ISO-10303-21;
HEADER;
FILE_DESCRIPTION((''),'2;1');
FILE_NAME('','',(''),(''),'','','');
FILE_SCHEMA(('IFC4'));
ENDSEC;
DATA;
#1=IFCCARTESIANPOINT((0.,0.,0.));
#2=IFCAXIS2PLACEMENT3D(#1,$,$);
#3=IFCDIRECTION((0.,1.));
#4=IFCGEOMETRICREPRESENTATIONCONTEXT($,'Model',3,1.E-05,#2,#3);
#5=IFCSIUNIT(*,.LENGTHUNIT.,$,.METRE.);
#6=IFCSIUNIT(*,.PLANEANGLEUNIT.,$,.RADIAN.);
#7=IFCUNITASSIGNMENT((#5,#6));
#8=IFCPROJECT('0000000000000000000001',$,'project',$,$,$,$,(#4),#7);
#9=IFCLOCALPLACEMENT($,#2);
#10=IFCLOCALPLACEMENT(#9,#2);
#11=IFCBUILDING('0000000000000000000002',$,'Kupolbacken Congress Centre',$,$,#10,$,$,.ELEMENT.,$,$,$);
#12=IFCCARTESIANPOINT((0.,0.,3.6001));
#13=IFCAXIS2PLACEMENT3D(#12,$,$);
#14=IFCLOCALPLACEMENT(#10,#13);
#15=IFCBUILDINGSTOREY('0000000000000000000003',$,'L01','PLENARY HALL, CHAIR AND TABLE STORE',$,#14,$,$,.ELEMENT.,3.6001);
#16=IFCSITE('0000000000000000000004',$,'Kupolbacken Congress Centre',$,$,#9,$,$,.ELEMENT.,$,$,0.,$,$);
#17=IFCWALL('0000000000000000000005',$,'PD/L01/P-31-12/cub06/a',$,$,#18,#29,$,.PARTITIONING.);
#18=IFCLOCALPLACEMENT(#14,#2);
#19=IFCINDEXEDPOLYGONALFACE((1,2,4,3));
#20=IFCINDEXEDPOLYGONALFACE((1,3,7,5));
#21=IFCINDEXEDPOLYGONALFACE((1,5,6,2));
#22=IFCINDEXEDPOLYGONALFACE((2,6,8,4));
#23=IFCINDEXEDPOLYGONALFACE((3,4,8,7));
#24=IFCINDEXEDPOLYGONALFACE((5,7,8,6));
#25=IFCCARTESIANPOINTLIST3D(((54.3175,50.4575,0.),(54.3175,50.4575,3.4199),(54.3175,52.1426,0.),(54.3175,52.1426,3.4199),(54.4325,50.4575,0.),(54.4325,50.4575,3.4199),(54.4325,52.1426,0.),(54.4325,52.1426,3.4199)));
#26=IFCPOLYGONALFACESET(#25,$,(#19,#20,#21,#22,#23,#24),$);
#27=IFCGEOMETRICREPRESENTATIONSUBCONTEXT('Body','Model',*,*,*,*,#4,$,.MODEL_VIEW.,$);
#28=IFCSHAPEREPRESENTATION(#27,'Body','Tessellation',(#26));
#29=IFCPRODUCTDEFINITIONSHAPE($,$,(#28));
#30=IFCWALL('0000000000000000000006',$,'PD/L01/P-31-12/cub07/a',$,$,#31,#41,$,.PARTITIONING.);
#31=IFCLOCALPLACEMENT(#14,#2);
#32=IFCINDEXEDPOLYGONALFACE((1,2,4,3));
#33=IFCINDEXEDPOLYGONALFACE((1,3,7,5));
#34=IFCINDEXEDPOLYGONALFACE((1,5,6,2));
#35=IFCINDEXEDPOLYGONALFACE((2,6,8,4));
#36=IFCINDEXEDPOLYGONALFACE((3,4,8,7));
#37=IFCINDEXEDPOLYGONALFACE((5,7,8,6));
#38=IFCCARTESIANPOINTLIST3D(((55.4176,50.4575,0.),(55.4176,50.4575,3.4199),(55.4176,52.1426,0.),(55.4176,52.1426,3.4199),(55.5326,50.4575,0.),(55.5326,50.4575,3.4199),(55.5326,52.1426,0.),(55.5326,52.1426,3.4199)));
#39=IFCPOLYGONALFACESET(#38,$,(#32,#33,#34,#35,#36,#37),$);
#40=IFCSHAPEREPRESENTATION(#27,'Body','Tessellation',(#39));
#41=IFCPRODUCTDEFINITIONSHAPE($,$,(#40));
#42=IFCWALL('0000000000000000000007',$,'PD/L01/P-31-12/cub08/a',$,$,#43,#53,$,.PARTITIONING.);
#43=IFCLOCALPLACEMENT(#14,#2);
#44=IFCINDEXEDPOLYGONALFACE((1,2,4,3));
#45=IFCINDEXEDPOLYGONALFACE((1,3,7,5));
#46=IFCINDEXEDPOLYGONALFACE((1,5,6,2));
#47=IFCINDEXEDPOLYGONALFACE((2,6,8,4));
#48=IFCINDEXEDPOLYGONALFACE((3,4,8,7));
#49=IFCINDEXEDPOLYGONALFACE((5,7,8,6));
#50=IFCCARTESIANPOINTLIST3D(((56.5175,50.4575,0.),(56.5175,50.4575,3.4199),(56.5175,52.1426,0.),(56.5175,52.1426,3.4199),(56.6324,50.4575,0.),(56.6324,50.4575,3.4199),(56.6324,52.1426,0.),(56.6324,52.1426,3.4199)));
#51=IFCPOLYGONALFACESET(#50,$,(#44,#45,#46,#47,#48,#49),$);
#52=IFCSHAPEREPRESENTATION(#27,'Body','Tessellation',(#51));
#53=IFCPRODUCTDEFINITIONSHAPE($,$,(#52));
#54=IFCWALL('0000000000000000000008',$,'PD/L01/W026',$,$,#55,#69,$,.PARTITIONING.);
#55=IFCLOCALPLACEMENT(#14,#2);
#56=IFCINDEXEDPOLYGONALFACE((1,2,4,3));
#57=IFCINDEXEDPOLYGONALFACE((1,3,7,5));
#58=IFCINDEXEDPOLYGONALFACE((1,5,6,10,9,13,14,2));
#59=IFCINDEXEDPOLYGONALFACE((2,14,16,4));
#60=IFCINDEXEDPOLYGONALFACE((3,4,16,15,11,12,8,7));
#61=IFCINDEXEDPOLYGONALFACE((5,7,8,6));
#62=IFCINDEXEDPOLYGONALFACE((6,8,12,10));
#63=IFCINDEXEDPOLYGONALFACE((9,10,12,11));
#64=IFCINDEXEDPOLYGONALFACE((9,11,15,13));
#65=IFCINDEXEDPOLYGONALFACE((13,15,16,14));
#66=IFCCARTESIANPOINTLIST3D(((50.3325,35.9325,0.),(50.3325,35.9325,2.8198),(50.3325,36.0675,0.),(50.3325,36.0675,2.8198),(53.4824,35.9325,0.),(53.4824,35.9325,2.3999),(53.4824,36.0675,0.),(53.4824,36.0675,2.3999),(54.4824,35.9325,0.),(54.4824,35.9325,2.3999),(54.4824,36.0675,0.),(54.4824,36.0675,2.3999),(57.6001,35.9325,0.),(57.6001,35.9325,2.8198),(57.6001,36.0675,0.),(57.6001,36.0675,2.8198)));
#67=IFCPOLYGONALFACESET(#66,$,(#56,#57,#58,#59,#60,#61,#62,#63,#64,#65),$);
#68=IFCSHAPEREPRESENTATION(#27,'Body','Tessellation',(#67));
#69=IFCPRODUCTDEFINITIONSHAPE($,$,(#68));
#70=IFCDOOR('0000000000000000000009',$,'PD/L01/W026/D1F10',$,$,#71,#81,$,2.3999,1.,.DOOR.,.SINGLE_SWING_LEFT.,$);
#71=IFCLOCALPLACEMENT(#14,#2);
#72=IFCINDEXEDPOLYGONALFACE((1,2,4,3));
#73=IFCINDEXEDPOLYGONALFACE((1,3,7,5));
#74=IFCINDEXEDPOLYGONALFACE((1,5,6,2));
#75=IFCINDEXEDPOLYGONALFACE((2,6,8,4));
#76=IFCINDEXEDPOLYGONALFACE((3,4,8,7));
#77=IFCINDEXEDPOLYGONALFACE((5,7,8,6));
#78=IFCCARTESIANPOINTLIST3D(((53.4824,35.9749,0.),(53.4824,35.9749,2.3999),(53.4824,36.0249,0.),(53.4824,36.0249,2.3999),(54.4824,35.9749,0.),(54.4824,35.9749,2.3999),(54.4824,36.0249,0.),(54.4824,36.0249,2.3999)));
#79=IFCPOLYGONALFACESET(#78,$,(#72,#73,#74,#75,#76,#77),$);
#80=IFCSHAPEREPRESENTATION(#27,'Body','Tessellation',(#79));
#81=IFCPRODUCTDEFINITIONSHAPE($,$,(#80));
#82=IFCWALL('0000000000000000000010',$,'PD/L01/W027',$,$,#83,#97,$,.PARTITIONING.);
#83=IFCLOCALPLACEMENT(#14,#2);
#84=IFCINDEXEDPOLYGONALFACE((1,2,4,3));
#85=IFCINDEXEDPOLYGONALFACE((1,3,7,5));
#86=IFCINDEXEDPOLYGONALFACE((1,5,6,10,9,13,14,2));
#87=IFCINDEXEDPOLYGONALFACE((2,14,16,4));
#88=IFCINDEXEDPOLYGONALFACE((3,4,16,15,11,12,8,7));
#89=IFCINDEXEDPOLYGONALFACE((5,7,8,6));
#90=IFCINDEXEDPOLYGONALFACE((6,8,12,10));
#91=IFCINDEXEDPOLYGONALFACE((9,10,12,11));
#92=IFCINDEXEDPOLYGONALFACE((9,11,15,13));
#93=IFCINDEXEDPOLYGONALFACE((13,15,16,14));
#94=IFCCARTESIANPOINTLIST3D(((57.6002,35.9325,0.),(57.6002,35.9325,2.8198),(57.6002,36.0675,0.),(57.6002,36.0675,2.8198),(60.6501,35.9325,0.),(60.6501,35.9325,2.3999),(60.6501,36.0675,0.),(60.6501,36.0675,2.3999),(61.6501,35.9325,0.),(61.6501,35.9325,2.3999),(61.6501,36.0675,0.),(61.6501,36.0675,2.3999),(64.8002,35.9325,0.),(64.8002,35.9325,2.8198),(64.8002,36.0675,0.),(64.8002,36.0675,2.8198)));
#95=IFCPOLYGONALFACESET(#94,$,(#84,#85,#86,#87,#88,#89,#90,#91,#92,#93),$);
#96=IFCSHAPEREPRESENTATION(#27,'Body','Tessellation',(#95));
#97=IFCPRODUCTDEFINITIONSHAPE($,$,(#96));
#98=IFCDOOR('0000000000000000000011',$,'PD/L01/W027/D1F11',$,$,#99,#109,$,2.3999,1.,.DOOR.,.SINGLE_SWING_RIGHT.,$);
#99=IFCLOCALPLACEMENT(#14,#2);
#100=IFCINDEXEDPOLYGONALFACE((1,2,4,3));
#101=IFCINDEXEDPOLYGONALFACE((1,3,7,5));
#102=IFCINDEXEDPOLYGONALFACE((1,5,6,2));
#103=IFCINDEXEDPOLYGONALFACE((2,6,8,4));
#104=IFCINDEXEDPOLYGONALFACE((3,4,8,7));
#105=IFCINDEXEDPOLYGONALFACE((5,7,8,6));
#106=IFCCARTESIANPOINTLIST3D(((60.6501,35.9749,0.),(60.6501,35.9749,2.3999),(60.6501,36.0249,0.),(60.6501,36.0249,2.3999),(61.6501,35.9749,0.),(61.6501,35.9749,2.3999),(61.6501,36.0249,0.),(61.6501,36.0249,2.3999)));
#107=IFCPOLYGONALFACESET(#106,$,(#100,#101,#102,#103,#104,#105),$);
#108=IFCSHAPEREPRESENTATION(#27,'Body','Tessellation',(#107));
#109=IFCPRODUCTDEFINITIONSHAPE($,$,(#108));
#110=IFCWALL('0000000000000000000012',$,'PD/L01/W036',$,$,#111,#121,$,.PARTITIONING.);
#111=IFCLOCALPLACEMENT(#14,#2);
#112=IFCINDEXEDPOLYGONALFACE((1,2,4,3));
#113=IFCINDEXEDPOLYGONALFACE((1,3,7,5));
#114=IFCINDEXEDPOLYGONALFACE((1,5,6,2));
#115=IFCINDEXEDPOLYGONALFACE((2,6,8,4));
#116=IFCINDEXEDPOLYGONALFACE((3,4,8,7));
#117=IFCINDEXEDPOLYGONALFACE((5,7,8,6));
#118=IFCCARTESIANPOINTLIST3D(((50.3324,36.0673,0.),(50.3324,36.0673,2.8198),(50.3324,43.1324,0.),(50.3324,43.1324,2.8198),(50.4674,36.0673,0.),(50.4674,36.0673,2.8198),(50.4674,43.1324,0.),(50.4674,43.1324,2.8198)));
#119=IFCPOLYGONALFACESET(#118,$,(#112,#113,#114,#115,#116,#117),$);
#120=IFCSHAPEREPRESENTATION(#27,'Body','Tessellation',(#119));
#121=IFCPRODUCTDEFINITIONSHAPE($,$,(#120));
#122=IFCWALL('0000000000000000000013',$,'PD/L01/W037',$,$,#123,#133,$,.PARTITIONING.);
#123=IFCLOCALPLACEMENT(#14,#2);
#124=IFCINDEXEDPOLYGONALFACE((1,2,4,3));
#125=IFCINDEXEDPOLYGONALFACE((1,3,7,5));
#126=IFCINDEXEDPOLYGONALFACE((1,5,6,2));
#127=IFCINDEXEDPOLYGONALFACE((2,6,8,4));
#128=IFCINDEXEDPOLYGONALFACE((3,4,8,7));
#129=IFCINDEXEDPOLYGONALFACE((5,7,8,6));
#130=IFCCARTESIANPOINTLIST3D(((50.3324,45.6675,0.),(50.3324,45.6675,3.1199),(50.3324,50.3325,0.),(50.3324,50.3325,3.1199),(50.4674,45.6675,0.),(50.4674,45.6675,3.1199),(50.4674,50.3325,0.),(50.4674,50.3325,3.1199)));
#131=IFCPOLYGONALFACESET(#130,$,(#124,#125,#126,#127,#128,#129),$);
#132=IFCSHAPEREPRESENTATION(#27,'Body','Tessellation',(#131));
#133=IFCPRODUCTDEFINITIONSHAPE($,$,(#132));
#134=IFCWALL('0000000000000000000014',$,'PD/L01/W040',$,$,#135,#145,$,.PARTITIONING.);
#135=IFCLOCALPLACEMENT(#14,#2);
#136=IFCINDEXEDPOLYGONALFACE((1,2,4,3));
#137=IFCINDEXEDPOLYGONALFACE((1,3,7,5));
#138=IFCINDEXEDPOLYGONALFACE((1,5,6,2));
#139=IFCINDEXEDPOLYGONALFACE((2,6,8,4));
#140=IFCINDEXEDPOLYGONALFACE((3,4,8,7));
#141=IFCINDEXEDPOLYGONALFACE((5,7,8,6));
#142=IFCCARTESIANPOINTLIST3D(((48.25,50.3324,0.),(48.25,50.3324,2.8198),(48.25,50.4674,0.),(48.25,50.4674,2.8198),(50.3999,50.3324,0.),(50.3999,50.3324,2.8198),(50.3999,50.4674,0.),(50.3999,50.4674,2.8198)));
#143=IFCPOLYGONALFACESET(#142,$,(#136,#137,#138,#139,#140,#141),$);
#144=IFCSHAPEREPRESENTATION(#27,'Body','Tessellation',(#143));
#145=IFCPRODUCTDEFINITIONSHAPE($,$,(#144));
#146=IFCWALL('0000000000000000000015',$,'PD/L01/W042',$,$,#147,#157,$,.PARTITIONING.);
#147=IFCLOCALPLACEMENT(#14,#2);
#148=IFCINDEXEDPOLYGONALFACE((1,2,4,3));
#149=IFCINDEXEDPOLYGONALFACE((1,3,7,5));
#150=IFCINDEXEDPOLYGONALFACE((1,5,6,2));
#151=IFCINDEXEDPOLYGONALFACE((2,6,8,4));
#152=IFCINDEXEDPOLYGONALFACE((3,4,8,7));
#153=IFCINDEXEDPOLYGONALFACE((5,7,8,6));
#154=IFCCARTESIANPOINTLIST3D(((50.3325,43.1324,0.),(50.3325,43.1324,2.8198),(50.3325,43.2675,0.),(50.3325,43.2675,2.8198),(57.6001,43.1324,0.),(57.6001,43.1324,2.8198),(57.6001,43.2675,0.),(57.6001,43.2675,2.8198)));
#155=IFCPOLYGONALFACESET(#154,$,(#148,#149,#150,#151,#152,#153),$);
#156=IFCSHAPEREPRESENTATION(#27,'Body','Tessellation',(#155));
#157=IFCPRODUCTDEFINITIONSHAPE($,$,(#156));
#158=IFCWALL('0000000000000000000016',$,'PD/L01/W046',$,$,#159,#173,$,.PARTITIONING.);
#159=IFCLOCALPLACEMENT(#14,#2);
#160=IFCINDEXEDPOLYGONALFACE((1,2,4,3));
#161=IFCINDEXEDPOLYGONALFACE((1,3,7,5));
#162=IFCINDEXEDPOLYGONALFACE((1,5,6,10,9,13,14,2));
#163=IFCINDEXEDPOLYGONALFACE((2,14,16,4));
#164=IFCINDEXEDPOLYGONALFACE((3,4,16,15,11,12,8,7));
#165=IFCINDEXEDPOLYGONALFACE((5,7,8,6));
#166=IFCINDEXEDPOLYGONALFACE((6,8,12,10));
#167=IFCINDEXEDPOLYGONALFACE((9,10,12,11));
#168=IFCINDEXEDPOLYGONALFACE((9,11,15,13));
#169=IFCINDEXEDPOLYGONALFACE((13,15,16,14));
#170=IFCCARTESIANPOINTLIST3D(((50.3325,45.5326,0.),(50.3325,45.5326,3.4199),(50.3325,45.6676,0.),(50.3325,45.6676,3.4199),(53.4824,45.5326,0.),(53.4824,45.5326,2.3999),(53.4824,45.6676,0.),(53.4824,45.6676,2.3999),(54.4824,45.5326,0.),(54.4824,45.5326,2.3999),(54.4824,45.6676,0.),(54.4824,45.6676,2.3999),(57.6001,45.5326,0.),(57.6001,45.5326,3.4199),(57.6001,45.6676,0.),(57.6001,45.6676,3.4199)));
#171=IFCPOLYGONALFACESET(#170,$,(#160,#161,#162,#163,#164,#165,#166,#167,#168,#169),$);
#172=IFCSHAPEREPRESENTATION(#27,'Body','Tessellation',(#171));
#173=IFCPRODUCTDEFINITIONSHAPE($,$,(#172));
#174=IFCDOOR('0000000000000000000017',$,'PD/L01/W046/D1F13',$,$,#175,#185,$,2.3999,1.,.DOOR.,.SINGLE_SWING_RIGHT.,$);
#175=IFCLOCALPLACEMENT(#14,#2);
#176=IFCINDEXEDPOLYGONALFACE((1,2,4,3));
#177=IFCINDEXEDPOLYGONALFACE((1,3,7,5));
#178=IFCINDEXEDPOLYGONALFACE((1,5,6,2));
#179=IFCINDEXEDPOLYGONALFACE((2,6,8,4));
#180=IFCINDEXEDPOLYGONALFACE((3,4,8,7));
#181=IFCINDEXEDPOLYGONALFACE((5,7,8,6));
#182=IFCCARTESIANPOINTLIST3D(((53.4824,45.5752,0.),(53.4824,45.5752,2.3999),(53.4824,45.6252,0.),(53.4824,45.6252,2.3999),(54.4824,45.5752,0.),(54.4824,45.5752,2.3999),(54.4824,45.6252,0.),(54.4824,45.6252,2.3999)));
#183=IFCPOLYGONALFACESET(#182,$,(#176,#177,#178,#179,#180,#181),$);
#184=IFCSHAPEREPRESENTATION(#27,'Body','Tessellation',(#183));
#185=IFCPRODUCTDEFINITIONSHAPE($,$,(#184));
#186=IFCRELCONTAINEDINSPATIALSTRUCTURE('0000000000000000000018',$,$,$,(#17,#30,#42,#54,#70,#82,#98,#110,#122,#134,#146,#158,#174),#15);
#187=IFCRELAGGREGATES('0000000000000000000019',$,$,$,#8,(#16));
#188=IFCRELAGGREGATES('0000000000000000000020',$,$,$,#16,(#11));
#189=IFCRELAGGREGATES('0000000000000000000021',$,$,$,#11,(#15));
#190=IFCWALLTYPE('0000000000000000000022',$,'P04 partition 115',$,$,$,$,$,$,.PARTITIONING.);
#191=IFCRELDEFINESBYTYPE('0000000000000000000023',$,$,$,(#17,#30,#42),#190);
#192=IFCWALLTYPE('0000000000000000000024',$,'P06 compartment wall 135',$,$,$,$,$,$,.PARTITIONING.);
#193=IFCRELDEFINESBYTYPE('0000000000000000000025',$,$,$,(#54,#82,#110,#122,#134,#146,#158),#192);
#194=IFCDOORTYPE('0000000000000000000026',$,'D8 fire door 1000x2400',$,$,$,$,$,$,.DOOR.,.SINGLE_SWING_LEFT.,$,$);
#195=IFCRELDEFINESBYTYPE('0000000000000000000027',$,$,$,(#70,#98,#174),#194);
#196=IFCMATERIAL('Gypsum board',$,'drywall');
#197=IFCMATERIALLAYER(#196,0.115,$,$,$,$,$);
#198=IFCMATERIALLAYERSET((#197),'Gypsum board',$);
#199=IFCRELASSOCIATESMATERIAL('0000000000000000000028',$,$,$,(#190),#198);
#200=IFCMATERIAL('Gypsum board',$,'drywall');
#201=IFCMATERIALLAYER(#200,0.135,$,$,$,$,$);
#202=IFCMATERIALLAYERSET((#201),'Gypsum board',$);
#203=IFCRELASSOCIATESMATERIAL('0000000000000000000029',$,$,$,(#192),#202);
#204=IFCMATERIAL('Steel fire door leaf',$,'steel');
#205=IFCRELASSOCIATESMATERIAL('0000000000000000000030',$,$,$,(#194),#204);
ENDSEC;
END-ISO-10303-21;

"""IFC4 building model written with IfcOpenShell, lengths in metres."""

from ifc_helpers import new_model, si_unit, direction, frame, frame_2d, origin, place, context, subcontext, project, spatial, rectangle, extrude, material, layer, layer_set, type_object, element, fill, save


model = new_model("IFC4")

# Units and contexts
model_context = context("Model", 3, precision=1e-05, world=origin(), true_north=direction((0.0, 1.0)))
body_context = subcontext(model_context, "Body", "Model", "MODEL_VIEW")
ifc_project = project(units=[si_unit("LENGTHUNIT", "METRE"), si_unit("PLANEANGLEUNIT", "RADIAN")], contexts=[model_context])

# Site, building, storey
site_placement = place(None, origin())
site = spatial("IfcSite", under=ifc_project, at=site_placement, Name="Kupolbacken Congress Centre", CompositionType="ELEMENT", RefElevation=0.0)
building_placement = place(site_placement, origin())
building = spatial("IfcBuilding", under=site, at=building_placement, Name="Kupolbacken Congress Centre", CompositionType="ELEMENT")
storey_placement = place(building_placement, frame((0.0, 0.0, 3.6001)))
storey = spatial("IfcBuildingStorey", under=building, at=storey_placement, Name="L01", Description="PLENARY HALL, CHAIR AND TABLE STORE", CompositionType="ELEMENT", Elevation=3.6001)

# Walls
ifc_material_1 = material(Name="Gypsum board", Category="drywall")
ifc_layer_1 = layer(ifc_material_1, 0.115)
ifc_layer_set_1 = layer_set([ifc_layer_1], Name="Gypsum board")
wall_type_1 = type_object("IfcWallType", Name="P04 partition 115", PredefinedType="PARTITIONING", material=ifc_layer_set_1)
for number, where, z_axis, x_axis, name in (
    (1, (54.375, 50.4575, 0.0), (0.0, 0.0, 1.0), (0.0, 1.0, 0.0), "PD/L01/P-31-12/cub06/a"),
    (2, (55.4751, 50.4575, 0.0), (0.0, 0.0, 1.0), (0.0, 1.0, 0.0), "PD/L01/P-31-12/cub07/a"),
    (3, (56.575, 50.4575, 0.0), (0.0, 0.0, 1.0), (0.0, 1.0, 0.0), "PD/L01/P-31-12/cub08/a"),
):
    element("IfcWall", number, at=place(storey_placement, frame(where, z_axis=z_axis, x_axis=x_axis)), inside=storey, type_object=wall_type_1, Name=name, PredefinedType="PARTITIONING", context=body_context, shape_type="SweptSolid", body=[
        extrude(rectangle(XDim=1.6851, YDim=0.115, at=frame_2d((0.8425, 0.0))), origin(), (0.0, 0.0, 1.0), 3.4199),
    ])

# Walls, openings, doors
ifc_material_2 = material(Name="Gypsum board", Category="drywall")
ifc_layer_2 = layer(ifc_material_2, 0.135)
ifc_layer_set_2 = layer_set([ifc_layer_2], Name="Gypsum board")
wall_type_2 = type_object("IfcWallType", Name="P06 compartment wall 135", PredefinedType="PARTITIONING", material=ifc_layer_set_2)
wall_1_placement = place(storey_placement, frame((50.3325, 36.0, 0.0), z_axis=(0.0, 0.0, 1.0), x_axis=(1.0, 0.0, 0.0)))
wall_1 = element("IfcWall", 4, at=wall_1_placement, inside=storey, type_object=wall_type_2, Name="PD/L01/W026", PredefinedType="PARTITIONING", context=body_context, shape_type="SweptSolid", body=[
    extrude(rectangle(XDim=7.2676, YDim=0.135, at=frame_2d((3.6338, 0.0))), origin(), (0.0, 0.0, 1.0), 2.8198),
])
opening_1_placement = place(wall_1_placement, frame((3.1499, 0.0, 0.0)))
opening_1 = element("IfcOpeningElement", 5, at=opening_1_placement, cuts=wall_1, PredefinedType="OPENING", context=body_context, shape_type="SweptSolid", body=[
    extrude(rectangle(XDim=1.0, YDim=2.3999, at=frame_2d((0.5, 1.2))), frame((0.0, 0.0774, 0.0), z_axis=(0.0, -1.0, 0.0), x_axis=(1.0, 0.0, 0.0)), (0.0, 0.0, 1.0), 0.155),
])
ifc_material_3 = material(Name="Steel fire door leaf", Category="steel")
door_type = type_object("IfcDoorType", Name="D8 fire door 1000x2400", OperationType="SINGLE_SWING_LEFT", PredefinedType="DOOR", material=ifc_material_3)
door_1_placement = place(opening_1_placement, origin())
door_1 = element("IfcDoor", 6, at=door_1_placement, inside=storey, type_object=door_type, Name="PD/L01/W026/D1F10", OperationType="SINGLE_SWING_LEFT", OverallHeight=2.3999, OverallWidth=1.0, PredefinedType="DOOR", context=body_context, shape_type="SweptSolid", body=[
    extrude(rectangle(XDim=1.0, YDim=2.3999, at=frame_2d((0.5, 1.2))), frame((0.0, 0.0249, 0.0), z_axis=(0.0, -1.0, 0.0), x_axis=(1.0, 0.0, 0.0)), (0.0, 0.0, 1.0), 0.05),
])
fill(opening_1, door_1)
wall_2_placement = place(storey_placement, frame((57.6001, 36.0, 0.0), z_axis=(0.0, 0.0, 1.0), x_axis=(1.0, 0.0, 0.0)))
wall_2 = element("IfcWall", 7, at=wall_2_placement, inside=storey, type_object=wall_type_2, Name="PD/L01/W027", PredefinedType="PARTITIONING", context=body_context, shape_type="SweptSolid", body=[
    extrude(rectangle(XDim=7.2, YDim=0.135, at=frame_2d((3.6001, 0.0))), origin(), (0.0, 0.0, 1.0), 2.8198),
])
opening_2_placement = place(wall_2_placement, frame((3.05, 0.0, 0.0)))
opening_2 = element("IfcOpeningElement", 8, at=opening_2_placement, cuts=wall_2, PredefinedType="OPENING", context=body_context, shape_type="SweptSolid", body=[
    extrude(rectangle(XDim=1.0, YDim=2.3999, at=frame_2d((0.5, 1.2))), frame((0.0, 0.0774, 0.0), z_axis=(0.0, -1.0, 0.0), x_axis=(1.0, 0.0, 0.0)), (0.0, 0.0, 1.0), 0.155),
])
door_2_placement = place(opening_2_placement, origin())
door_2 = element("IfcDoor", 9, at=door_2_placement, inside=storey, type_object=door_type, Name="PD/L01/W027/D1F11", OperationType="SINGLE_SWING_RIGHT", OverallHeight=2.3999, OverallWidth=1.0, PredefinedType="DOOR", context=body_context, shape_type="SweptSolid", body=[
    extrude(rectangle(XDim=1.0, YDim=2.3999, at=frame_2d((0.5, 1.2))), frame((0.0, 0.0249, 0.0), z_axis=(0.0, -1.0, 0.0), x_axis=(1.0, 0.0, 0.0)), (0.0, 0.0, 1.0), 0.05),
])
fill(opening_2, door_2)

# Walls
wall_3_placement = place(storey_placement, frame((50.3999, 43.1326, 0.0), z_axis=(0.0, 0.0, 1.0), x_axis=(0.0, -1.0, 0.0)))
element("IfcWall", 10, at=wall_3_placement, inside=storey, type_object=wall_type_2, Name="PD/L01/W036", PredefinedType="PARTITIONING", context=body_context, shape_type="SweptSolid", body=[
    extrude(rectangle(XDim=7.0652, YDim=0.135, at=frame_2d((3.5327, 0.0))), origin(), (0.0, 0.0, 1.0), 2.8198),
])
wall_4_placement = place(storey_placement, frame((50.3999, 50.3325, 0.0), z_axis=(0.0, 0.0, 1.0), x_axis=(0.0, -1.0, 0.0)))
element("IfcWall", 11, at=wall_4_placement, inside=storey, type_object=wall_type_2, Name="PD/L01/W037", PredefinedType="PARTITIONING", context=body_context, shape_type="SweptSolid", body=[
    extrude(rectangle(XDim=4.665, YDim=0.135, at=frame_2d((2.3325, 0.0))), origin(), (0.0, 0.0, 1.0), 3.1199),
])
wall_5_placement = place(storey_placement, frame((48.25, 50.3999, 0.0), z_axis=(0.0, 0.0, 1.0), x_axis=(1.0, 0.0, 0.0)))
element("IfcWall", 12, at=wall_5_placement, inside=storey, type_object=wall_type_2, Name="PD/L01/W040", PredefinedType="PARTITIONING", context=body_context, shape_type="SweptSolid", body=[
    extrude(rectangle(XDim=2.1499, YDim=0.135, at=frame_2d((1.075, 0.0))), origin(), (0.0, 0.0, 1.0), 2.8198),
])
wall_6_placement = place(storey_placement, frame((50.3325, 43.2, 0.0), z_axis=(0.0, 0.0, 1.0), x_axis=(1.0, 0.0, 0.0)))
element("IfcWall", 13, at=wall_6_placement, inside=storey, type_object=wall_type_2, Name="PD/L01/W042", PredefinedType="PARTITIONING", context=body_context, shape_type="SweptSolid", body=[
    extrude(rectangle(XDim=7.2676, YDim=0.135, at=frame_2d((3.6338, 0.0))), origin(), (0.0, 0.0, 1.0), 2.8198),
])

# Wall, opening, door
wall_7_placement = place(storey_placement, frame((50.3325, 45.6001, 0.0), z_axis=(0.0, 0.0, 1.0), x_axis=(1.0, 0.0, 0.0)))
wall_7 = element("IfcWall", 14, at=wall_7_placement, inside=storey, type_object=wall_type_2, Name="PD/L01/W046", PredefinedType="PARTITIONING", context=body_context, shape_type="SweptSolid", body=[
    extrude(rectangle(XDim=7.2676, YDim=0.135, at=frame_2d((3.6338, 0.0))), origin(), (0.0, 0.0, 1.0), 3.4199),
])
opening_3_placement = place(wall_7_placement, frame((3.1499, 0.0, 0.0)))
opening_3 = element("IfcOpeningElement", 15, at=opening_3_placement, cuts=wall_7, PredefinedType="OPENING", context=body_context, shape_type="SweptSolid", body=[
    extrude(rectangle(XDim=1.0, YDim=2.3999, at=frame_2d((0.5, 1.2))), frame((0.0, 0.0774, 0.0), z_axis=(0.0, -1.0, 0.0), x_axis=(1.0, 0.0, 0.0)), (0.0, 0.0, 1.0), 0.155),
])
door_3_placement = place(opening_3_placement, frame((1.0, 0.0, 0.0), z_axis=(0.0, 0.0, 1.0), x_axis=(-1.0, 0.0, 0.0)))
door_3 = element("IfcDoor", 16, at=door_3_placement, inside=storey, type_object=door_type, Name="PD/L01/W046/D1F13", OperationType="SINGLE_SWING_RIGHT", OverallHeight=2.3999, OverallWidth=1.0, PredefinedType="DOOR", context=body_context, shape_type="SweptSolid", body=[
    extrude(rectangle(XDim=1.0, YDim=2.3999, at=frame_2d((0.5, 1.2))), frame((0.0, 0.0249, 0.0), z_axis=(0.0, -1.0, 0.0), x_axis=(1.0, 0.0, 0.0)), (0.0, 0.0, 1.0), 0.05),
])
fill(opening_3, door_3)

save(model, "model.ifc")
